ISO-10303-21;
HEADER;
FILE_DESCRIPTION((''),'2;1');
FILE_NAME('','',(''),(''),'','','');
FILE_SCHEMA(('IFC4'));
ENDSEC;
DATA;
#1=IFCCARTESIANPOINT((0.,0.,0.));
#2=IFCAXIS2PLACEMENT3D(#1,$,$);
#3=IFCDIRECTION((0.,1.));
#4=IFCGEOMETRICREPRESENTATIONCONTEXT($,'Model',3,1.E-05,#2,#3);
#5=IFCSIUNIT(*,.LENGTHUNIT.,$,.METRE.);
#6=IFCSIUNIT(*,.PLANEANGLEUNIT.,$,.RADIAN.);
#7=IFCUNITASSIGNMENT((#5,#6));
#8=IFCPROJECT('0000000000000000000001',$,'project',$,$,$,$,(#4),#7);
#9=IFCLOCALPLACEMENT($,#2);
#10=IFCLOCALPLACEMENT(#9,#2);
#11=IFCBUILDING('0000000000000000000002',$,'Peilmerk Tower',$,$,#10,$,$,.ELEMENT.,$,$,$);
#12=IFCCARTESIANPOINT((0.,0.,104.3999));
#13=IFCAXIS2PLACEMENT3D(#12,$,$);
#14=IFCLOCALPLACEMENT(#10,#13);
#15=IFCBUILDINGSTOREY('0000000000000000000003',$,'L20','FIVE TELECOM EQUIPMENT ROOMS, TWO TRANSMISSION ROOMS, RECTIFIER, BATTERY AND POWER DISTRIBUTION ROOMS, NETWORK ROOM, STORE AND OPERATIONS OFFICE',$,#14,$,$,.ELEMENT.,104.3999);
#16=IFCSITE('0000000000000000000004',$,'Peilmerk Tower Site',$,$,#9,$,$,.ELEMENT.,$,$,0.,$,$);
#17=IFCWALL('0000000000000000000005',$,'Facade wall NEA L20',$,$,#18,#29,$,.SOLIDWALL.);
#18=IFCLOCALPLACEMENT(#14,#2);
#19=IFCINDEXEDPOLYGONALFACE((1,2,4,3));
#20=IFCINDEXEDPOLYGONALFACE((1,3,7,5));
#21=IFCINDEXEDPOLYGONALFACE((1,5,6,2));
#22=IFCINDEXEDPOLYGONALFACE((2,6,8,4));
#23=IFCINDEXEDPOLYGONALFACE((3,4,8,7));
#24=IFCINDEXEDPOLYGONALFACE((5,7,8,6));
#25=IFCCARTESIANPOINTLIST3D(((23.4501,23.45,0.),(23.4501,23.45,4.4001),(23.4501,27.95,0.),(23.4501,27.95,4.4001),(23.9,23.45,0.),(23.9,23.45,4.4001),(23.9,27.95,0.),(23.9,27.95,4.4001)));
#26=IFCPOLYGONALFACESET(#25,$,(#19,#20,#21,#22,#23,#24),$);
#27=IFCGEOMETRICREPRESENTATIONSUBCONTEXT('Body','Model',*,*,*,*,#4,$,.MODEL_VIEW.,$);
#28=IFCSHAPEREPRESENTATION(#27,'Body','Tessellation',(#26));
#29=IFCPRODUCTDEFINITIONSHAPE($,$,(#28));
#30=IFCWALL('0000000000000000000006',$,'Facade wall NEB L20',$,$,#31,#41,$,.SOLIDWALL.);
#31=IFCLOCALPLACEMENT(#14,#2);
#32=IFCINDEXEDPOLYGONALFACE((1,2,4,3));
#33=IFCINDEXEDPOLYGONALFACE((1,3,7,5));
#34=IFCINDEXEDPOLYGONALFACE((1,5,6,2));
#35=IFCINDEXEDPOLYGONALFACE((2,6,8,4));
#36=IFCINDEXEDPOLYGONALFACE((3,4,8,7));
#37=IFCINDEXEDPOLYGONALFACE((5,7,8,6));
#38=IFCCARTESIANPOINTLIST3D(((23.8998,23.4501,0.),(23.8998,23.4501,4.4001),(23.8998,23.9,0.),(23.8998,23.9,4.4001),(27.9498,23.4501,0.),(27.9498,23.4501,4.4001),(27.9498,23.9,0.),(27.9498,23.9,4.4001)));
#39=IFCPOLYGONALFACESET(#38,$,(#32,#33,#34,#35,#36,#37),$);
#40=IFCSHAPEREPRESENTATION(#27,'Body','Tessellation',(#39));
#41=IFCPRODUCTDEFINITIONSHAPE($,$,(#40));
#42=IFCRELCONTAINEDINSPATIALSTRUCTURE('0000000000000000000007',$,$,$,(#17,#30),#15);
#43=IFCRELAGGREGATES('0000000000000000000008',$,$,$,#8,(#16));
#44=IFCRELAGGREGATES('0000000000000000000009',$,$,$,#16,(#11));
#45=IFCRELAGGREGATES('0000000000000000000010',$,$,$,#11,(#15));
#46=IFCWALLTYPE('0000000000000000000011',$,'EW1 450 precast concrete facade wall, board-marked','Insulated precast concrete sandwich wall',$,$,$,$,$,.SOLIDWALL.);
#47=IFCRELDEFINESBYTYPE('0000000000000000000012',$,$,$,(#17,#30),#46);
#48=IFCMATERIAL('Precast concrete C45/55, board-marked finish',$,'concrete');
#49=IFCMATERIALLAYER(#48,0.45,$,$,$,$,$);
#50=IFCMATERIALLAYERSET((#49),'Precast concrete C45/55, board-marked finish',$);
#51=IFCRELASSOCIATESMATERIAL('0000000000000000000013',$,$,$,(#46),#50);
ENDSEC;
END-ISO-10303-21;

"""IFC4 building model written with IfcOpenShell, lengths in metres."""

from ifc_helpers import new_model, si_unit, direction, frame, frame_2d, origin, place, context, subcontext, project, spatial, rectangle, extrude, material, layer, layer_set, type_object, element, save


model = new_model("IFC4")

# Units and contexts
model_context = context("Model", 3, precision=1e-05, world=origin(), true_north=direction((0.0, 1.0)))
body_context = subcontext(model_context, "Body", "Model", "MODEL_VIEW")
ifc_project = project(units=[si_unit("LENGTHUNIT", "METRE"), si_unit("PLANEANGLEUNIT", "RADIAN")], contexts=[model_context])

# Site, building, storey
site_placement = place(None, origin())
site = spatial("IfcSite", under=ifc_project, at=site_placement, Name="Peilmerk Tower Site", CompositionType="ELEMENT", RefElevation=0.0)
building_placement = place(site_placement, origin())
building = spatial("IfcBuilding", under=site, at=building_placement, Name="Peilmerk Tower", CompositionType="ELEMENT")
storey_placement = place(building_placement, frame((0.0, 0.0, 104.3999)))
storey = spatial("IfcBuildingStorey", under=building, at=storey_placement, Name="L20", Description="FIVE TELECOM EQUIPMENT ROOMS, TWO TRANSMISSION ROOMS, RECTIFIER, BATTERY AND POWER DISTRIBUTION ROOMS, NETWORK ROOM, STORE AND OPERATIONS OFFICE", CompositionType="ELEMENT", Elevation=104.3999)

# Shared definitions
ifc_material_1 = material(Name="Precast concrete C45/55, board-marked finish", Category="concrete")
ifc_layer = layer(ifc_material_1, 0.45)
ifc_layer_set = layer_set([ifc_layer], Name="Precast concrete C45/55, board-marked finish")
wall_type = type_object("IfcWallType", Name="EW1 450 precast concrete facade wall, board-marked", Description="Insulated precast concrete sandwich wall", PredefinedType="SOLIDWALL", material=ifc_layer_set)

# Walls
wall_1_placement = place(storey_placement, frame((23.675, 23.45, 0.0), z_axis=(0.0, 0.0, 1.0), x_axis=(0.0, 1.0, 0.0)))
element("IfcWall", 1, at=wall_1_placement, inside=storey, type_object=wall_type, Name="Facade wall NEA L20", PredefinedType="SOLIDWALL", context=body_context, shape_type="SweptSolid", body=[
    extrude(rectangle(XDim=4.5, YDim=0.45, at=frame_2d((2.25, 0.0))), origin(), (0.0, 0.0, 1.0), 4.4001),
])
wall_2_placement = place(storey_placement, frame((23.8999, 23.675, 0.0), z_axis=(0.0, 0.0, 1.0), x_axis=(1.0, 0.0, 0.0)))
element("IfcWall", 2, at=wall_2_placement, inside=storey, type_object=wall_type, Name="Facade wall NEB L20", PredefinedType="SOLIDWALL", context=body_context, shape_type="SweptSolid", body=[
    extrude(rectangle(XDim=4.05, YDim=0.45, at=frame_2d((2.0249, 0.0))), origin(), (0.0, 0.0, 1.0), 4.4001),
])

save(model, "model.ifc")
